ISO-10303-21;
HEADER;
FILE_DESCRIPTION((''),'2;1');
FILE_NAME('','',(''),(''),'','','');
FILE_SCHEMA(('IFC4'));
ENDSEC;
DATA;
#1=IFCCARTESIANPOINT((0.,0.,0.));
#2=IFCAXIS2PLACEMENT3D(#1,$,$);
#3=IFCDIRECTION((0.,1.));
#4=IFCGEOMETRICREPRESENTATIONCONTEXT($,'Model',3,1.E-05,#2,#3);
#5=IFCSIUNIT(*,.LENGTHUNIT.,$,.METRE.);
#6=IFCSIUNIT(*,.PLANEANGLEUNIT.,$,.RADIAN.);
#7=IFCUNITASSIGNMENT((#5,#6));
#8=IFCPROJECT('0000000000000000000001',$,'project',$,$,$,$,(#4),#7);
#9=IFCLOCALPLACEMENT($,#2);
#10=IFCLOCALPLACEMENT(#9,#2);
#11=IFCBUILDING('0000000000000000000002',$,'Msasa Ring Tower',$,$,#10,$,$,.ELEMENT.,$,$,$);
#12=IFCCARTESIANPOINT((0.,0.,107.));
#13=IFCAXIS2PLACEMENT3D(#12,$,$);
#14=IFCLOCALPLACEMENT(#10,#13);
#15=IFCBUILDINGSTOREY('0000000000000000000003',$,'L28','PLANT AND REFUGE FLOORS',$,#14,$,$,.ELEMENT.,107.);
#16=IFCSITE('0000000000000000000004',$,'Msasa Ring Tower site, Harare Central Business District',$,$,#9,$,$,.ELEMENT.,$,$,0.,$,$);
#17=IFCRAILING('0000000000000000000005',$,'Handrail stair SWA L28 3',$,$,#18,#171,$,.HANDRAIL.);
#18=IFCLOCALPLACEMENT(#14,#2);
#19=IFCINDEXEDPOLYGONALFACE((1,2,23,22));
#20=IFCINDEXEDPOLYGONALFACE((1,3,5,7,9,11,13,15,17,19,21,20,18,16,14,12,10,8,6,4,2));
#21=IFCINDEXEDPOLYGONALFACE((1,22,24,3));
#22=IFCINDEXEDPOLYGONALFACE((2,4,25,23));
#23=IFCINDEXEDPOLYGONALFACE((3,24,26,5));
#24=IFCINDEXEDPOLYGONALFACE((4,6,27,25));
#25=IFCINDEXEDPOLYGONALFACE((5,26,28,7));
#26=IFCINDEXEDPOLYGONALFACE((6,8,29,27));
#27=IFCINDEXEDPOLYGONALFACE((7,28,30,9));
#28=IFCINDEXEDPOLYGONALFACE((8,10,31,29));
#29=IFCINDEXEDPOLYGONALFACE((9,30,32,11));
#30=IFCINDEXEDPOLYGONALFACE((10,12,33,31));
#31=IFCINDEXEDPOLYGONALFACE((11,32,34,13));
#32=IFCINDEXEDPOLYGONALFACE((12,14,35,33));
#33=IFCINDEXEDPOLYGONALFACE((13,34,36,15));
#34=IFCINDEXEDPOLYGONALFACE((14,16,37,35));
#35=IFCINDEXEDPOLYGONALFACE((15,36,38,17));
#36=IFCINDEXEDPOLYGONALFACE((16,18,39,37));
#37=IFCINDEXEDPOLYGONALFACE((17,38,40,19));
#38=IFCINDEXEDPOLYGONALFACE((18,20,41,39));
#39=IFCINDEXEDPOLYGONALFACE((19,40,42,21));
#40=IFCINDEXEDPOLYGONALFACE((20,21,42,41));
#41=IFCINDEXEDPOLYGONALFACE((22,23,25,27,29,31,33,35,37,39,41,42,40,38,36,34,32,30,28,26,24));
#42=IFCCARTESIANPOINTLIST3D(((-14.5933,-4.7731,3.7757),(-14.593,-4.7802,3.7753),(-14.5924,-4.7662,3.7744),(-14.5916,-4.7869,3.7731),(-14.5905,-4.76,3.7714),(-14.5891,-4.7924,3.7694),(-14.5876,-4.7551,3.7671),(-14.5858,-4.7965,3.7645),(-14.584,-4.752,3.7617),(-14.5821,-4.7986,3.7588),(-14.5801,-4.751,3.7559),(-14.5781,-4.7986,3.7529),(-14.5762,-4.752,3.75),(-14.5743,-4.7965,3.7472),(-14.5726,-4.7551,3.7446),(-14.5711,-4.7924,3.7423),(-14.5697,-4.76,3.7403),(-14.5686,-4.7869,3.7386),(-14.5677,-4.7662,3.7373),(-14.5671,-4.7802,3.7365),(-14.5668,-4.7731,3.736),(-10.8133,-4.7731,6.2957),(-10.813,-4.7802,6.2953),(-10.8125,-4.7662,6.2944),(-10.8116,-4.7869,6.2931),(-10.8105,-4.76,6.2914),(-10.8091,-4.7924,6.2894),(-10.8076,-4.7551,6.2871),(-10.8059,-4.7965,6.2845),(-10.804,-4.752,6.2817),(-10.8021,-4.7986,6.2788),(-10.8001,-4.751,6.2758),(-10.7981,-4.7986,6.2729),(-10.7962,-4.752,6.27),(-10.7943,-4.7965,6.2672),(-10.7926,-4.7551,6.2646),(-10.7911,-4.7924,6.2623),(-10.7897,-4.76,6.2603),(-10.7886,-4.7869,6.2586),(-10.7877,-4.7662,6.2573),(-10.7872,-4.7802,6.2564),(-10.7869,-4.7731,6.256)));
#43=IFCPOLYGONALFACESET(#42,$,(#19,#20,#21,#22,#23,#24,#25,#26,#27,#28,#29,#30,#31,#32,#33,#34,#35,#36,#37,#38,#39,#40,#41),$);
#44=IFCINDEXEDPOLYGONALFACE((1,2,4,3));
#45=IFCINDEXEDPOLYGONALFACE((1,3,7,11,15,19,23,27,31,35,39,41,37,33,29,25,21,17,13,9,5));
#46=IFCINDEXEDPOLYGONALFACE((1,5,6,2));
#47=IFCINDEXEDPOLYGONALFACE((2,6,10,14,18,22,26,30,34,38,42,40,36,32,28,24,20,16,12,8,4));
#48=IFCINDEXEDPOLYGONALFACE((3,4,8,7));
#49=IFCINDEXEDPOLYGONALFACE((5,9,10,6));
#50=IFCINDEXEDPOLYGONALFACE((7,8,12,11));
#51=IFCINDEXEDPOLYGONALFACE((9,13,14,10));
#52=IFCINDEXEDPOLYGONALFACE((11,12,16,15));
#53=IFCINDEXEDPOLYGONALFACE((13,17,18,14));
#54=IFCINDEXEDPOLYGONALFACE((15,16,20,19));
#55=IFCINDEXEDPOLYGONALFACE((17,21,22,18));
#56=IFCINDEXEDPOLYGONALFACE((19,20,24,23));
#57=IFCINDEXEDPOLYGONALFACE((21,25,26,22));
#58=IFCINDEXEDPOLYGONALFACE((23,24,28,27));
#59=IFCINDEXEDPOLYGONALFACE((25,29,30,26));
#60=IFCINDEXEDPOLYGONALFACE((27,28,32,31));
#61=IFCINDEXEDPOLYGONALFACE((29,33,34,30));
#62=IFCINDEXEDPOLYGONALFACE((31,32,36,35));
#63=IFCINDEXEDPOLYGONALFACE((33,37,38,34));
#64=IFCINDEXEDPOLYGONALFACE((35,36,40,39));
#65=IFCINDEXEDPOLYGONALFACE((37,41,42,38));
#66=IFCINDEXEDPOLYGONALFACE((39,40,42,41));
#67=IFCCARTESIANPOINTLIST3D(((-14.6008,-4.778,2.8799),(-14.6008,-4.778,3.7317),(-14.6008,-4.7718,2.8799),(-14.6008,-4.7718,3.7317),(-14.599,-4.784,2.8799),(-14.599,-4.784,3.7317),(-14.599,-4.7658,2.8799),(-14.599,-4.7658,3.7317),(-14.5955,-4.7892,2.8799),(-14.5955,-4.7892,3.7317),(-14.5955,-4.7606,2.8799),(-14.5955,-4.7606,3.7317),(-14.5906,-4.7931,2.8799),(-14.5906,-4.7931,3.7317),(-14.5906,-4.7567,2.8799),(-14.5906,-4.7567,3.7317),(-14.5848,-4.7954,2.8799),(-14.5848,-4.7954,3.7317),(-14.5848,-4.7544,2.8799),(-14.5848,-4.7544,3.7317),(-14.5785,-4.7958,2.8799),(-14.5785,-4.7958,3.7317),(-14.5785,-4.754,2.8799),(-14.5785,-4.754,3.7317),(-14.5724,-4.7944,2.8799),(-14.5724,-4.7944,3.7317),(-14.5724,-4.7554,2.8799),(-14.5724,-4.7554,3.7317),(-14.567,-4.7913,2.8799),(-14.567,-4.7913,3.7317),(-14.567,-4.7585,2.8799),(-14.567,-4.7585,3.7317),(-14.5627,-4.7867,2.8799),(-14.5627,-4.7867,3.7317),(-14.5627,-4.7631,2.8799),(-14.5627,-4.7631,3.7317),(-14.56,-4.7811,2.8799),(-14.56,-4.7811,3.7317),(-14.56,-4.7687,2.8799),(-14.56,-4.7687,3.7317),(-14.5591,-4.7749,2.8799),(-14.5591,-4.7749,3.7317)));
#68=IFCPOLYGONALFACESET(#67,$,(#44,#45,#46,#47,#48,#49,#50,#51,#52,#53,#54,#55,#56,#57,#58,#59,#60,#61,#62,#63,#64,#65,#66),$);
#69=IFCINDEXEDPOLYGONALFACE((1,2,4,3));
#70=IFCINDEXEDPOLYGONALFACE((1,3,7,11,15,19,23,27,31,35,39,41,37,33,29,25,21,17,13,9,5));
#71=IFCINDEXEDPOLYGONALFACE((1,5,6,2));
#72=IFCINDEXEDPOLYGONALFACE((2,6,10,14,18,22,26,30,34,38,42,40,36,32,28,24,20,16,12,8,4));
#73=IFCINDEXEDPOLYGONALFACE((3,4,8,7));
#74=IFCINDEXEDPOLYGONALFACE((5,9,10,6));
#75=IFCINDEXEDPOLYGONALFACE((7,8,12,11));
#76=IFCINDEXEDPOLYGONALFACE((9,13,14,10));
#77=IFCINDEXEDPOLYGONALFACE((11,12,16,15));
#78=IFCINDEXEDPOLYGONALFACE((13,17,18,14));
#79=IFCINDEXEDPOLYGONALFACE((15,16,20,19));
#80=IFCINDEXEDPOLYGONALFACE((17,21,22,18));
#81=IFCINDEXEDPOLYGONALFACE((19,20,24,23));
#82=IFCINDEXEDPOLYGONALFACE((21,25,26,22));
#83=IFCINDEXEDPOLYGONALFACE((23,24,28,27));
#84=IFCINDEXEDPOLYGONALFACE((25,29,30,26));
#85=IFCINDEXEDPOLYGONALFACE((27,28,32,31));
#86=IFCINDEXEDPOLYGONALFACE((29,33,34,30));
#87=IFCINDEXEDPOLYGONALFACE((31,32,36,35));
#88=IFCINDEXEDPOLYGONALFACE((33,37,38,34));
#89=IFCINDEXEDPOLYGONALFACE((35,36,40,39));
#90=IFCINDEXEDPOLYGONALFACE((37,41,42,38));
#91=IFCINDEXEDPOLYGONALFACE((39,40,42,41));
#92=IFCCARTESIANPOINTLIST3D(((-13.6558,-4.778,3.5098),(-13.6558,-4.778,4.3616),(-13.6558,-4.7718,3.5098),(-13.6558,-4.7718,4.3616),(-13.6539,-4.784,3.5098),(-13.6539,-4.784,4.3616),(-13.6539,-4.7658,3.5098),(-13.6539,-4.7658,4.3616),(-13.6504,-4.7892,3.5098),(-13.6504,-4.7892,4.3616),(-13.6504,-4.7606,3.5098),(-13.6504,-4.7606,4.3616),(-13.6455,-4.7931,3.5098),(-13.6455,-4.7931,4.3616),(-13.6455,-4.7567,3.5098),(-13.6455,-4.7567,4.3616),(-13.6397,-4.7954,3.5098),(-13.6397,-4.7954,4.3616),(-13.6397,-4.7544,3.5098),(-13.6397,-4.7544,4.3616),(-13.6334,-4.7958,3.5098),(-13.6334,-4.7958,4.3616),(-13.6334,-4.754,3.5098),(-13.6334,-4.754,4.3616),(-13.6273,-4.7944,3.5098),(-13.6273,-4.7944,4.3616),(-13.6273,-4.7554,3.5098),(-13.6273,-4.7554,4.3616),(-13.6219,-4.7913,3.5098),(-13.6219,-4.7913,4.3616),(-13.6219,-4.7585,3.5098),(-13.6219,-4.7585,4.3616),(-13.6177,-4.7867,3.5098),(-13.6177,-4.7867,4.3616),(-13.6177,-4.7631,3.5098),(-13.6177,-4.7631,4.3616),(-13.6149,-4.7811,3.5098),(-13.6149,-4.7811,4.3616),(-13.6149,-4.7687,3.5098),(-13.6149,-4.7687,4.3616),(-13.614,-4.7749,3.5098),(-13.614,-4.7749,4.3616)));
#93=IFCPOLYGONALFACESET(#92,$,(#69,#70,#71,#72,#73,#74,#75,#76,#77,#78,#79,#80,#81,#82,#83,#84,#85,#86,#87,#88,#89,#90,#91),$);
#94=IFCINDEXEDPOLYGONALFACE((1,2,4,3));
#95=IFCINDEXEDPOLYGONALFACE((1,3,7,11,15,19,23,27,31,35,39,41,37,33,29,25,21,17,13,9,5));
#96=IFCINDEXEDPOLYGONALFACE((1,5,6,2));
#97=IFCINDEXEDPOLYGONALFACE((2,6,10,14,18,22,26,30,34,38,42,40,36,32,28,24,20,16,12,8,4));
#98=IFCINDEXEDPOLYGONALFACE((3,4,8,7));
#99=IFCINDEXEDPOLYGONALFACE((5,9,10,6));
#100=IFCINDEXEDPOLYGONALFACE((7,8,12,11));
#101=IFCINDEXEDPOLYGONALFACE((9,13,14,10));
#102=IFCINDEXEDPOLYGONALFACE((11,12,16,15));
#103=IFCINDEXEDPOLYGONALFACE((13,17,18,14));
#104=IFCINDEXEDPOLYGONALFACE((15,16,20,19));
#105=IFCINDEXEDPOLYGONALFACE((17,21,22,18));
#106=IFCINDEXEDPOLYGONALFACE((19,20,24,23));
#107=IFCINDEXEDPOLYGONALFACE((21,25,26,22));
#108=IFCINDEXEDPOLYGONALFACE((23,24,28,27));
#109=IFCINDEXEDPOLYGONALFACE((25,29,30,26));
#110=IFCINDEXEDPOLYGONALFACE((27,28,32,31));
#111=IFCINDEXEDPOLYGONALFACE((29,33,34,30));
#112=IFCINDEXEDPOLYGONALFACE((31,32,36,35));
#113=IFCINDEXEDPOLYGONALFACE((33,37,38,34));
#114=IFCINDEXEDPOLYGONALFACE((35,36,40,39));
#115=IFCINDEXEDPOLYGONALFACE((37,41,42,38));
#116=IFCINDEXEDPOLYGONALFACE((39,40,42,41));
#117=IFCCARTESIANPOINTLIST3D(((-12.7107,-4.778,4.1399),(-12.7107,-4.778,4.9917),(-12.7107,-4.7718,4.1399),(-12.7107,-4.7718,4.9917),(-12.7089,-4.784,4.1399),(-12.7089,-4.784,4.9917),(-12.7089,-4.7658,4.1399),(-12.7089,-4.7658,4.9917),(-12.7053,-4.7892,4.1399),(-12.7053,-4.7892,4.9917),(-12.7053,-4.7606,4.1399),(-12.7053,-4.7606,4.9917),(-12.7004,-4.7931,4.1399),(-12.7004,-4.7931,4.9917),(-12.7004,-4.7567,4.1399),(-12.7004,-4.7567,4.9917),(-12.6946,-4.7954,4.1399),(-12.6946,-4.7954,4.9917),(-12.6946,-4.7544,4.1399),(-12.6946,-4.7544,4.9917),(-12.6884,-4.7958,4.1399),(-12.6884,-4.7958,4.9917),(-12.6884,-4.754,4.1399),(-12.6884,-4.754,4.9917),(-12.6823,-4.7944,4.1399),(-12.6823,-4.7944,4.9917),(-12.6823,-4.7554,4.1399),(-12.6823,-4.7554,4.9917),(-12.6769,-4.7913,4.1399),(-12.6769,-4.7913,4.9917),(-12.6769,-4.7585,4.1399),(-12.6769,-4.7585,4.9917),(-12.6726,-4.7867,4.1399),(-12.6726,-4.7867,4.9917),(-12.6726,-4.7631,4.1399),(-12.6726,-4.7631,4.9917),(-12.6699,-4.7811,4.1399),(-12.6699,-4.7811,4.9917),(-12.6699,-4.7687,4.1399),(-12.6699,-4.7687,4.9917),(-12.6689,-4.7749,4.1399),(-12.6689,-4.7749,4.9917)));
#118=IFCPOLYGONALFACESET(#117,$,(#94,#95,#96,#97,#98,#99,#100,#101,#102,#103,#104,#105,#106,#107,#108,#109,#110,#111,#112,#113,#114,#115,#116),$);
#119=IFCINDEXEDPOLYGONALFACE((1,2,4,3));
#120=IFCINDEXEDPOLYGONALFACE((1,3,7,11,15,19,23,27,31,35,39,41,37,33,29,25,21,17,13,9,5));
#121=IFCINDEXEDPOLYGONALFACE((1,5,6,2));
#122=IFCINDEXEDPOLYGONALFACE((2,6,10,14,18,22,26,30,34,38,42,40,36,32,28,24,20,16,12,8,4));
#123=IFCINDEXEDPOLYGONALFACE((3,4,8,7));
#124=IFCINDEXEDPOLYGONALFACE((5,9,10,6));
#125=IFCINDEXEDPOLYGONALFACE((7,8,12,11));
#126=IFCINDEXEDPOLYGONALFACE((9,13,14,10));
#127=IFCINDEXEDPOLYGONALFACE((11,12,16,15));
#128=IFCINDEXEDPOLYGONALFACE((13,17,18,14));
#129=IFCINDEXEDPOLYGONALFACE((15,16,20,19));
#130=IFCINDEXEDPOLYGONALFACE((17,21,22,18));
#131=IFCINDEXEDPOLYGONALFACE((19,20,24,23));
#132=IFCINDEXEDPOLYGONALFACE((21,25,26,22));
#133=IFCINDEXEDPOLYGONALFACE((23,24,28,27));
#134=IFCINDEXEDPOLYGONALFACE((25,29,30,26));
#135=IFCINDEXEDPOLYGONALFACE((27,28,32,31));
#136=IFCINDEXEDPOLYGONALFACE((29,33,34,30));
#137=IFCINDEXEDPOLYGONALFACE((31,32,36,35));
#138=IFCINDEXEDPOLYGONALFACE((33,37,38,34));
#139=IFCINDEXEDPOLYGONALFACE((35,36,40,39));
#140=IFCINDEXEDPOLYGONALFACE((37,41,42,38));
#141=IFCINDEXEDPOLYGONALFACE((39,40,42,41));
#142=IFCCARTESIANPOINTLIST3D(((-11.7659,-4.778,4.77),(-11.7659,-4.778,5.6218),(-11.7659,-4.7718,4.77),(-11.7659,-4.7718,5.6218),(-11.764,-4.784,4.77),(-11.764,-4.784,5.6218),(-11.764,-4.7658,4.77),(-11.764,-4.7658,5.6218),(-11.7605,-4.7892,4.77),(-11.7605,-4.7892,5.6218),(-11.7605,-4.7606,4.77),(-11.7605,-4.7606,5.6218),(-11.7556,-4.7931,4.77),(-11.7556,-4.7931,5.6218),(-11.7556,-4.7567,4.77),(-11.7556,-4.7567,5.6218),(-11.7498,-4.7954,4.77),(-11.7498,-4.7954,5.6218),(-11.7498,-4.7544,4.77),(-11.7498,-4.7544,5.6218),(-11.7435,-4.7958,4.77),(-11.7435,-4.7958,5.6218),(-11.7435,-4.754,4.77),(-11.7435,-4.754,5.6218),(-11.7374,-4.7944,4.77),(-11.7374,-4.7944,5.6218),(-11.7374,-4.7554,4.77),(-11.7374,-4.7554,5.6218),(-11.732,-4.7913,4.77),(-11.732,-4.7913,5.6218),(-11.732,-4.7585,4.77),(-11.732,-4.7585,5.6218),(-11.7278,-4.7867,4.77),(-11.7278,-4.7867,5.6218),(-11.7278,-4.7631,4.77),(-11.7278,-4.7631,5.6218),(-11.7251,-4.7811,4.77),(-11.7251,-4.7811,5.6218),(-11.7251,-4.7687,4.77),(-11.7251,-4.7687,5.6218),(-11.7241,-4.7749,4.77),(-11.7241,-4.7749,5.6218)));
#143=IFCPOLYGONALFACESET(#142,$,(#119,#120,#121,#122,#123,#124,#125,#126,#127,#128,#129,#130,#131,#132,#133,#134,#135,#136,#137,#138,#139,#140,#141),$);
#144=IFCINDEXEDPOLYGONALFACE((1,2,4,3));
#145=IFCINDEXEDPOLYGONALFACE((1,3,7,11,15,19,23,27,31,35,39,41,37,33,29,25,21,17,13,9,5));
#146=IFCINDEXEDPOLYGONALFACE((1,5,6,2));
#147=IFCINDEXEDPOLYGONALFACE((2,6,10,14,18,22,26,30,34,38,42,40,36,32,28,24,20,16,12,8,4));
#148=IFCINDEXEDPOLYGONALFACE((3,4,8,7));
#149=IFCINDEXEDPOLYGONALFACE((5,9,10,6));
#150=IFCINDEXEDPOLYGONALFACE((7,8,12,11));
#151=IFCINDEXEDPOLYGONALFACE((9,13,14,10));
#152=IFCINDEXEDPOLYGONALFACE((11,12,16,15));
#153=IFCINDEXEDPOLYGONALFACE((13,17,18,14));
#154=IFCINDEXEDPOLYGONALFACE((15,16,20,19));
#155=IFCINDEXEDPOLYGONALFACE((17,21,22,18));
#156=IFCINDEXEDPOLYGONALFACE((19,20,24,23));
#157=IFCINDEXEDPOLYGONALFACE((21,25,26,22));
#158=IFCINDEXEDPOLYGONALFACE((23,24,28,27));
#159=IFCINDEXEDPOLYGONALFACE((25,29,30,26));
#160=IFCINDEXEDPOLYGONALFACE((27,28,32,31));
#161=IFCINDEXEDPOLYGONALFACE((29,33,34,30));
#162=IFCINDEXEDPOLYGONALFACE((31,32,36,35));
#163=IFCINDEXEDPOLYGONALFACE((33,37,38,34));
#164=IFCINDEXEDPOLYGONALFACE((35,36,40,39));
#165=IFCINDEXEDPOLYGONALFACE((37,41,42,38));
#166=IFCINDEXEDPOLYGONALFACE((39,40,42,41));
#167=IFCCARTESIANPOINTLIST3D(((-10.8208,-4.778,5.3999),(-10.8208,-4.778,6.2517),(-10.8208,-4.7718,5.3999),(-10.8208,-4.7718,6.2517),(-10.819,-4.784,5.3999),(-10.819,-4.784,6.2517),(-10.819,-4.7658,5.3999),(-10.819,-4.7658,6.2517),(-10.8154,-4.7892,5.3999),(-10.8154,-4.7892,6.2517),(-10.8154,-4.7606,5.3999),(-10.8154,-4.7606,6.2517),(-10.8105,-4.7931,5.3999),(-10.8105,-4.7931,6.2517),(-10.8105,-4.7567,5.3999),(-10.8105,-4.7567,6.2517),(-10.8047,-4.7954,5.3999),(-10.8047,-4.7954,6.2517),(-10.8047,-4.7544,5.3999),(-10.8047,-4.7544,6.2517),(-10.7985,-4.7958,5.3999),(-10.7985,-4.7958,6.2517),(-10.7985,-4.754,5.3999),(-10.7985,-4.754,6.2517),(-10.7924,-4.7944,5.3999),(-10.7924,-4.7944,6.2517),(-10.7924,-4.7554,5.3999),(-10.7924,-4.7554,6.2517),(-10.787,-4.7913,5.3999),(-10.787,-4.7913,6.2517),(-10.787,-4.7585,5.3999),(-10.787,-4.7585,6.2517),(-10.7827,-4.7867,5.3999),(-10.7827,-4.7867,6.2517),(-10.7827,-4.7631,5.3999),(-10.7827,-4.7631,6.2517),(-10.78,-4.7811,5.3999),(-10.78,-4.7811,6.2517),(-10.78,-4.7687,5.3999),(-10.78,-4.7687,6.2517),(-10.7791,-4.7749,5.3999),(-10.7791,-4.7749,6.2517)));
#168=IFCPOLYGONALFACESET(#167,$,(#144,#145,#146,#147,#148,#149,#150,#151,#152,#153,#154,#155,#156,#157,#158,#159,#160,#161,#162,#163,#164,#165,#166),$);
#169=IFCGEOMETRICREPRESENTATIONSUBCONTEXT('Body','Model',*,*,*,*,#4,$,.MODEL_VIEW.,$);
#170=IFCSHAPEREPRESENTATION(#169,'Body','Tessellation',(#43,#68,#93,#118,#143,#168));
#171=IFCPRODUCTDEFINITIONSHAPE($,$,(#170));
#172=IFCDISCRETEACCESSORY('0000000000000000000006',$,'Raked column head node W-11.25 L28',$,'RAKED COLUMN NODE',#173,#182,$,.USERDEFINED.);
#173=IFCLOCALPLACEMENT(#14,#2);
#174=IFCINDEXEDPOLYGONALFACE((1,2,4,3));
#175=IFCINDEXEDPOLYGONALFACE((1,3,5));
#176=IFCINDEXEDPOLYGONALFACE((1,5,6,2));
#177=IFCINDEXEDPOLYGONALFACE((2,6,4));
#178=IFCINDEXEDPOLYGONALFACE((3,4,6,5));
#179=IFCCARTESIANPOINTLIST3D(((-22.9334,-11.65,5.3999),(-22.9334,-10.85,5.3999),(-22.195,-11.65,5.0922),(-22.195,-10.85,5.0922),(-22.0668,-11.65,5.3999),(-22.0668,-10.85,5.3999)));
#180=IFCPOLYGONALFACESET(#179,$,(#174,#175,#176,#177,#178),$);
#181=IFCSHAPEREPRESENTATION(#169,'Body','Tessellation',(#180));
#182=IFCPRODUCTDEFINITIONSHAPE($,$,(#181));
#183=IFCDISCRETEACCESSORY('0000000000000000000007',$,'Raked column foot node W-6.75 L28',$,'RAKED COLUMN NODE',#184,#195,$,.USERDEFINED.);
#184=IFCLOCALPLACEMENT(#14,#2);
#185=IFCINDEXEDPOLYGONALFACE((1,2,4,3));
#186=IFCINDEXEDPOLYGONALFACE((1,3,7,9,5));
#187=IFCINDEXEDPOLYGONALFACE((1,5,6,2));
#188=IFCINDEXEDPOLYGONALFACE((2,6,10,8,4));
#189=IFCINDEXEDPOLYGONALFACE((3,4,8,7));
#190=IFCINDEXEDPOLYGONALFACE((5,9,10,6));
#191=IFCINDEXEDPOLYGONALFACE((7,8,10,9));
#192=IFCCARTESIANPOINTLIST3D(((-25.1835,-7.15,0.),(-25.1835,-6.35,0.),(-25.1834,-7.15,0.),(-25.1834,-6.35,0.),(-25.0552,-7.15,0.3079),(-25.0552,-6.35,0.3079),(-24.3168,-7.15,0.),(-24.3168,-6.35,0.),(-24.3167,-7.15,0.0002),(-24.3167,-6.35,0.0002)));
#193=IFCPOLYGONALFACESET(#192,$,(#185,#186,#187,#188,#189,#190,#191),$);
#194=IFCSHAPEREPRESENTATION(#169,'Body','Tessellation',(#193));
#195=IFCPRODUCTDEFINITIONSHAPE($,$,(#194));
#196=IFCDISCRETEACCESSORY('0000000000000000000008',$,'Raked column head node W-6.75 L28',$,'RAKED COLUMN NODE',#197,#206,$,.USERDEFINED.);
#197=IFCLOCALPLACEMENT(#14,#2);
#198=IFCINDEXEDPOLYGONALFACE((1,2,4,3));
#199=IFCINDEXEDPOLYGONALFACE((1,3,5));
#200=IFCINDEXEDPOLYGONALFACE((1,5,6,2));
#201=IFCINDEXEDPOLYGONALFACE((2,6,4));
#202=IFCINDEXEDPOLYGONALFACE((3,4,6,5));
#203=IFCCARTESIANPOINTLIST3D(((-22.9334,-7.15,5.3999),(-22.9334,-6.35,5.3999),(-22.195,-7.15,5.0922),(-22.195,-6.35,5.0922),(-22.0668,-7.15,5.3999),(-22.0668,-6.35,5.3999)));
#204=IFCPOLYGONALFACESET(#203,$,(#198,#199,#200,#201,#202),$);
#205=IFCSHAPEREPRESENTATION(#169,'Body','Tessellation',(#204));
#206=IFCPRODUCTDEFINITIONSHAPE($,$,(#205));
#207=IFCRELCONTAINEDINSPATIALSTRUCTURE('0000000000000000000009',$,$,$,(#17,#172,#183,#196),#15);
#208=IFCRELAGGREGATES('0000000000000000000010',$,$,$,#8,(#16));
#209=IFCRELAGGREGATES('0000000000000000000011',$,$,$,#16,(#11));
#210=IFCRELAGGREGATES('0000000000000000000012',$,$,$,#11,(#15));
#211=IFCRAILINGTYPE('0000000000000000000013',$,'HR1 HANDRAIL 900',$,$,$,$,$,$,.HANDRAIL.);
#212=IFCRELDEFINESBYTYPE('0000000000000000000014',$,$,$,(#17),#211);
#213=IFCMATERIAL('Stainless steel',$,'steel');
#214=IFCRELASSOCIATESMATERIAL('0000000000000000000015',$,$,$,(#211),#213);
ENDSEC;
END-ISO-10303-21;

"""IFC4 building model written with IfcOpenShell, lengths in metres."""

from ifc_helpers import new_model, si_unit, direction, frame, origin, origin_2d, place, context, subcontext, project, spatial, rectangle, circle, extrude, clip, halfspace, material, type_object, element, save


model = new_model("IFC4")

# Units and contexts
model_context = context("Model", 3, precision=1e-05, world=origin(), true_north=direction((0.0, 1.0)))
body_context = subcontext(model_context, "Body", "Model", "MODEL_VIEW")
ifc_project = project(units=[si_unit("LENGTHUNIT", "METRE"), si_unit("PLANEANGLEUNIT", "RADIAN")], contexts=[model_context])

# Site, building, storey
site_placement = place(None, origin())
site = spatial("IfcSite", under=ifc_project, at=site_placement, Name="Msasa Ring Tower site, Harare Central Business District", CompositionType="ELEMENT", RefElevation=0.0)
building_placement = place(site_placement, origin())
building = spatial("IfcBuilding", under=site, at=building_placement, Name="Msasa Ring Tower", CompositionType="ELEMENT")
storey_placement = place(building_placement, frame((0.0, 0.0, 107.0)))
storey = spatial("IfcBuildingStorey", under=building, at=storey_placement, Name="L28", Description="PLANT AND REFUGE FLOORS", CompositionType="ELEMENT", Elevation=107.0)

# Railing
ifc_material_1 = material(Name="Stainless steel", Category="steel")
railing_type = type_object("IfcRailingType", Name="HR1 HANDRAIL 900", PredefinedType="HANDRAIL", material=ifc_material_1)
railing_placement = place(storey_placement, frame((-14.5801, -4.7749, 2.8799)))
element("IfcRailing", 1, at=railing_placement, inside=storey, type_object=railing_type, Name="Handrail stair SWA L28 3", PredefinedType="HANDRAIL", context=body_context, shape_type="SweptSolid", body=[
    extrude(circle(Radius=0.0239, at=origin_2d()), frame((0.0, 0.0, 0.876), z_axis=(0.83205, 0.0, 0.5547), x_axis=(0.0, 1.0, 0.0)), (0.0, 0.0, 1.0), 4.543),
    extrude(circle(Radius=0.021, at=origin_2d()), origin(), (0.0, 0.0, 1.0), 0.8518),
    extrude(circle(Radius=0.021, at=origin_2d()), frame((0.9451, 0.0, 0.6299)), (0.0, 0.0, 1.0), 0.8518),
    extrude(circle(Radius=0.021, at=origin_2d()), frame((1.8901, 0.0, 1.26)), (0.0, 0.0, 1.0), 0.8518),
    extrude(circle(Radius=0.021, at=origin_2d()), frame((2.835, 0.0, 1.8901)), (0.0, 0.0, 1.0), 0.8518),
    extrude(circle(Radius=0.021, at=origin_2d()), frame((3.78, 0.0, 2.52)), (0.0, 0.0, 1.0), 0.8518),
])

# Discrete accessories
discrete_accessory_1_placement = place(storey_placement, frame((-22.5, -11.25, 5.3999)))
element("IfcDiscreteAccessory", 2, at=discrete_accessory_1_placement, inside=storey, Name="Raked column head node W-11.25 L28", ObjectType="RAKED COLUMN NODE", PredefinedType="USERDEFINED", context=body_context, shape_type="Clipping", body=[
    clip(extrude(rectangle(XDim=0.8, YDim=0.8, at=origin_2d()), frame((-0.0642, 0.0, -0.1538), z_axis=(0.384615, 0.0, 0.923077), x_axis=(0.0, 1.0, 0.0)), (0.0, 0.0, 1.0), 0.3335), halfspace(frame((0.0, 0.0, 0.0), z_axis=(0.0, 0.0, -1.0)), True)),
])
discrete_accessory_2_placement = place(storey_placement, frame((-24.75, -6.75, 0.0)))
element("IfcDiscreteAccessory", 3, at=discrete_accessory_2_placement, inside=storey, Name="Raked column foot node W-6.75 L28", ObjectType="RAKED COLUMN NODE", PredefinedType="USERDEFINED", context=body_context, shape_type="Clipping", body=[
    clip(extrude(rectangle(XDim=0.8, YDim=0.8, at=origin_2d()), frame((-0.0642, 0.0, -0.1538), z_axis=(0.384615, 0.0, 0.923077), x_axis=(0.0, 1.0, 0.0)), (0.0, 0.0, 1.0), 0.3335), halfspace(frame((0.0, 0.0, 0.0), z_axis=(0.0, 0.0, 1.0)), True)),
])
discrete_accessory_3_placement = place(storey_placement, frame((-22.5, -6.75, 5.3999)))
element("IfcDiscreteAccessory", 4, at=discrete_accessory_3_placement, inside=storey, Name="Raked column head node W-6.75 L28", ObjectType="RAKED COLUMN NODE", PredefinedType="USERDEFINED", context=body_context, shape_type="Clipping", body=[
    clip(extrude(rectangle(XDim=0.8, YDim=0.8, at=origin_2d()), frame((-0.0642, 0.0, -0.1538), z_axis=(0.384615, 0.0, 0.923077), x_axis=(0.0, 1.0, 0.0)), (0.0, 0.0, 1.0), 0.3335), halfspace(frame((0.0, 0.0, 0.0), z_axis=(0.0, 0.0, -1.0)), True)),
])

save(model, "model.ifc")
